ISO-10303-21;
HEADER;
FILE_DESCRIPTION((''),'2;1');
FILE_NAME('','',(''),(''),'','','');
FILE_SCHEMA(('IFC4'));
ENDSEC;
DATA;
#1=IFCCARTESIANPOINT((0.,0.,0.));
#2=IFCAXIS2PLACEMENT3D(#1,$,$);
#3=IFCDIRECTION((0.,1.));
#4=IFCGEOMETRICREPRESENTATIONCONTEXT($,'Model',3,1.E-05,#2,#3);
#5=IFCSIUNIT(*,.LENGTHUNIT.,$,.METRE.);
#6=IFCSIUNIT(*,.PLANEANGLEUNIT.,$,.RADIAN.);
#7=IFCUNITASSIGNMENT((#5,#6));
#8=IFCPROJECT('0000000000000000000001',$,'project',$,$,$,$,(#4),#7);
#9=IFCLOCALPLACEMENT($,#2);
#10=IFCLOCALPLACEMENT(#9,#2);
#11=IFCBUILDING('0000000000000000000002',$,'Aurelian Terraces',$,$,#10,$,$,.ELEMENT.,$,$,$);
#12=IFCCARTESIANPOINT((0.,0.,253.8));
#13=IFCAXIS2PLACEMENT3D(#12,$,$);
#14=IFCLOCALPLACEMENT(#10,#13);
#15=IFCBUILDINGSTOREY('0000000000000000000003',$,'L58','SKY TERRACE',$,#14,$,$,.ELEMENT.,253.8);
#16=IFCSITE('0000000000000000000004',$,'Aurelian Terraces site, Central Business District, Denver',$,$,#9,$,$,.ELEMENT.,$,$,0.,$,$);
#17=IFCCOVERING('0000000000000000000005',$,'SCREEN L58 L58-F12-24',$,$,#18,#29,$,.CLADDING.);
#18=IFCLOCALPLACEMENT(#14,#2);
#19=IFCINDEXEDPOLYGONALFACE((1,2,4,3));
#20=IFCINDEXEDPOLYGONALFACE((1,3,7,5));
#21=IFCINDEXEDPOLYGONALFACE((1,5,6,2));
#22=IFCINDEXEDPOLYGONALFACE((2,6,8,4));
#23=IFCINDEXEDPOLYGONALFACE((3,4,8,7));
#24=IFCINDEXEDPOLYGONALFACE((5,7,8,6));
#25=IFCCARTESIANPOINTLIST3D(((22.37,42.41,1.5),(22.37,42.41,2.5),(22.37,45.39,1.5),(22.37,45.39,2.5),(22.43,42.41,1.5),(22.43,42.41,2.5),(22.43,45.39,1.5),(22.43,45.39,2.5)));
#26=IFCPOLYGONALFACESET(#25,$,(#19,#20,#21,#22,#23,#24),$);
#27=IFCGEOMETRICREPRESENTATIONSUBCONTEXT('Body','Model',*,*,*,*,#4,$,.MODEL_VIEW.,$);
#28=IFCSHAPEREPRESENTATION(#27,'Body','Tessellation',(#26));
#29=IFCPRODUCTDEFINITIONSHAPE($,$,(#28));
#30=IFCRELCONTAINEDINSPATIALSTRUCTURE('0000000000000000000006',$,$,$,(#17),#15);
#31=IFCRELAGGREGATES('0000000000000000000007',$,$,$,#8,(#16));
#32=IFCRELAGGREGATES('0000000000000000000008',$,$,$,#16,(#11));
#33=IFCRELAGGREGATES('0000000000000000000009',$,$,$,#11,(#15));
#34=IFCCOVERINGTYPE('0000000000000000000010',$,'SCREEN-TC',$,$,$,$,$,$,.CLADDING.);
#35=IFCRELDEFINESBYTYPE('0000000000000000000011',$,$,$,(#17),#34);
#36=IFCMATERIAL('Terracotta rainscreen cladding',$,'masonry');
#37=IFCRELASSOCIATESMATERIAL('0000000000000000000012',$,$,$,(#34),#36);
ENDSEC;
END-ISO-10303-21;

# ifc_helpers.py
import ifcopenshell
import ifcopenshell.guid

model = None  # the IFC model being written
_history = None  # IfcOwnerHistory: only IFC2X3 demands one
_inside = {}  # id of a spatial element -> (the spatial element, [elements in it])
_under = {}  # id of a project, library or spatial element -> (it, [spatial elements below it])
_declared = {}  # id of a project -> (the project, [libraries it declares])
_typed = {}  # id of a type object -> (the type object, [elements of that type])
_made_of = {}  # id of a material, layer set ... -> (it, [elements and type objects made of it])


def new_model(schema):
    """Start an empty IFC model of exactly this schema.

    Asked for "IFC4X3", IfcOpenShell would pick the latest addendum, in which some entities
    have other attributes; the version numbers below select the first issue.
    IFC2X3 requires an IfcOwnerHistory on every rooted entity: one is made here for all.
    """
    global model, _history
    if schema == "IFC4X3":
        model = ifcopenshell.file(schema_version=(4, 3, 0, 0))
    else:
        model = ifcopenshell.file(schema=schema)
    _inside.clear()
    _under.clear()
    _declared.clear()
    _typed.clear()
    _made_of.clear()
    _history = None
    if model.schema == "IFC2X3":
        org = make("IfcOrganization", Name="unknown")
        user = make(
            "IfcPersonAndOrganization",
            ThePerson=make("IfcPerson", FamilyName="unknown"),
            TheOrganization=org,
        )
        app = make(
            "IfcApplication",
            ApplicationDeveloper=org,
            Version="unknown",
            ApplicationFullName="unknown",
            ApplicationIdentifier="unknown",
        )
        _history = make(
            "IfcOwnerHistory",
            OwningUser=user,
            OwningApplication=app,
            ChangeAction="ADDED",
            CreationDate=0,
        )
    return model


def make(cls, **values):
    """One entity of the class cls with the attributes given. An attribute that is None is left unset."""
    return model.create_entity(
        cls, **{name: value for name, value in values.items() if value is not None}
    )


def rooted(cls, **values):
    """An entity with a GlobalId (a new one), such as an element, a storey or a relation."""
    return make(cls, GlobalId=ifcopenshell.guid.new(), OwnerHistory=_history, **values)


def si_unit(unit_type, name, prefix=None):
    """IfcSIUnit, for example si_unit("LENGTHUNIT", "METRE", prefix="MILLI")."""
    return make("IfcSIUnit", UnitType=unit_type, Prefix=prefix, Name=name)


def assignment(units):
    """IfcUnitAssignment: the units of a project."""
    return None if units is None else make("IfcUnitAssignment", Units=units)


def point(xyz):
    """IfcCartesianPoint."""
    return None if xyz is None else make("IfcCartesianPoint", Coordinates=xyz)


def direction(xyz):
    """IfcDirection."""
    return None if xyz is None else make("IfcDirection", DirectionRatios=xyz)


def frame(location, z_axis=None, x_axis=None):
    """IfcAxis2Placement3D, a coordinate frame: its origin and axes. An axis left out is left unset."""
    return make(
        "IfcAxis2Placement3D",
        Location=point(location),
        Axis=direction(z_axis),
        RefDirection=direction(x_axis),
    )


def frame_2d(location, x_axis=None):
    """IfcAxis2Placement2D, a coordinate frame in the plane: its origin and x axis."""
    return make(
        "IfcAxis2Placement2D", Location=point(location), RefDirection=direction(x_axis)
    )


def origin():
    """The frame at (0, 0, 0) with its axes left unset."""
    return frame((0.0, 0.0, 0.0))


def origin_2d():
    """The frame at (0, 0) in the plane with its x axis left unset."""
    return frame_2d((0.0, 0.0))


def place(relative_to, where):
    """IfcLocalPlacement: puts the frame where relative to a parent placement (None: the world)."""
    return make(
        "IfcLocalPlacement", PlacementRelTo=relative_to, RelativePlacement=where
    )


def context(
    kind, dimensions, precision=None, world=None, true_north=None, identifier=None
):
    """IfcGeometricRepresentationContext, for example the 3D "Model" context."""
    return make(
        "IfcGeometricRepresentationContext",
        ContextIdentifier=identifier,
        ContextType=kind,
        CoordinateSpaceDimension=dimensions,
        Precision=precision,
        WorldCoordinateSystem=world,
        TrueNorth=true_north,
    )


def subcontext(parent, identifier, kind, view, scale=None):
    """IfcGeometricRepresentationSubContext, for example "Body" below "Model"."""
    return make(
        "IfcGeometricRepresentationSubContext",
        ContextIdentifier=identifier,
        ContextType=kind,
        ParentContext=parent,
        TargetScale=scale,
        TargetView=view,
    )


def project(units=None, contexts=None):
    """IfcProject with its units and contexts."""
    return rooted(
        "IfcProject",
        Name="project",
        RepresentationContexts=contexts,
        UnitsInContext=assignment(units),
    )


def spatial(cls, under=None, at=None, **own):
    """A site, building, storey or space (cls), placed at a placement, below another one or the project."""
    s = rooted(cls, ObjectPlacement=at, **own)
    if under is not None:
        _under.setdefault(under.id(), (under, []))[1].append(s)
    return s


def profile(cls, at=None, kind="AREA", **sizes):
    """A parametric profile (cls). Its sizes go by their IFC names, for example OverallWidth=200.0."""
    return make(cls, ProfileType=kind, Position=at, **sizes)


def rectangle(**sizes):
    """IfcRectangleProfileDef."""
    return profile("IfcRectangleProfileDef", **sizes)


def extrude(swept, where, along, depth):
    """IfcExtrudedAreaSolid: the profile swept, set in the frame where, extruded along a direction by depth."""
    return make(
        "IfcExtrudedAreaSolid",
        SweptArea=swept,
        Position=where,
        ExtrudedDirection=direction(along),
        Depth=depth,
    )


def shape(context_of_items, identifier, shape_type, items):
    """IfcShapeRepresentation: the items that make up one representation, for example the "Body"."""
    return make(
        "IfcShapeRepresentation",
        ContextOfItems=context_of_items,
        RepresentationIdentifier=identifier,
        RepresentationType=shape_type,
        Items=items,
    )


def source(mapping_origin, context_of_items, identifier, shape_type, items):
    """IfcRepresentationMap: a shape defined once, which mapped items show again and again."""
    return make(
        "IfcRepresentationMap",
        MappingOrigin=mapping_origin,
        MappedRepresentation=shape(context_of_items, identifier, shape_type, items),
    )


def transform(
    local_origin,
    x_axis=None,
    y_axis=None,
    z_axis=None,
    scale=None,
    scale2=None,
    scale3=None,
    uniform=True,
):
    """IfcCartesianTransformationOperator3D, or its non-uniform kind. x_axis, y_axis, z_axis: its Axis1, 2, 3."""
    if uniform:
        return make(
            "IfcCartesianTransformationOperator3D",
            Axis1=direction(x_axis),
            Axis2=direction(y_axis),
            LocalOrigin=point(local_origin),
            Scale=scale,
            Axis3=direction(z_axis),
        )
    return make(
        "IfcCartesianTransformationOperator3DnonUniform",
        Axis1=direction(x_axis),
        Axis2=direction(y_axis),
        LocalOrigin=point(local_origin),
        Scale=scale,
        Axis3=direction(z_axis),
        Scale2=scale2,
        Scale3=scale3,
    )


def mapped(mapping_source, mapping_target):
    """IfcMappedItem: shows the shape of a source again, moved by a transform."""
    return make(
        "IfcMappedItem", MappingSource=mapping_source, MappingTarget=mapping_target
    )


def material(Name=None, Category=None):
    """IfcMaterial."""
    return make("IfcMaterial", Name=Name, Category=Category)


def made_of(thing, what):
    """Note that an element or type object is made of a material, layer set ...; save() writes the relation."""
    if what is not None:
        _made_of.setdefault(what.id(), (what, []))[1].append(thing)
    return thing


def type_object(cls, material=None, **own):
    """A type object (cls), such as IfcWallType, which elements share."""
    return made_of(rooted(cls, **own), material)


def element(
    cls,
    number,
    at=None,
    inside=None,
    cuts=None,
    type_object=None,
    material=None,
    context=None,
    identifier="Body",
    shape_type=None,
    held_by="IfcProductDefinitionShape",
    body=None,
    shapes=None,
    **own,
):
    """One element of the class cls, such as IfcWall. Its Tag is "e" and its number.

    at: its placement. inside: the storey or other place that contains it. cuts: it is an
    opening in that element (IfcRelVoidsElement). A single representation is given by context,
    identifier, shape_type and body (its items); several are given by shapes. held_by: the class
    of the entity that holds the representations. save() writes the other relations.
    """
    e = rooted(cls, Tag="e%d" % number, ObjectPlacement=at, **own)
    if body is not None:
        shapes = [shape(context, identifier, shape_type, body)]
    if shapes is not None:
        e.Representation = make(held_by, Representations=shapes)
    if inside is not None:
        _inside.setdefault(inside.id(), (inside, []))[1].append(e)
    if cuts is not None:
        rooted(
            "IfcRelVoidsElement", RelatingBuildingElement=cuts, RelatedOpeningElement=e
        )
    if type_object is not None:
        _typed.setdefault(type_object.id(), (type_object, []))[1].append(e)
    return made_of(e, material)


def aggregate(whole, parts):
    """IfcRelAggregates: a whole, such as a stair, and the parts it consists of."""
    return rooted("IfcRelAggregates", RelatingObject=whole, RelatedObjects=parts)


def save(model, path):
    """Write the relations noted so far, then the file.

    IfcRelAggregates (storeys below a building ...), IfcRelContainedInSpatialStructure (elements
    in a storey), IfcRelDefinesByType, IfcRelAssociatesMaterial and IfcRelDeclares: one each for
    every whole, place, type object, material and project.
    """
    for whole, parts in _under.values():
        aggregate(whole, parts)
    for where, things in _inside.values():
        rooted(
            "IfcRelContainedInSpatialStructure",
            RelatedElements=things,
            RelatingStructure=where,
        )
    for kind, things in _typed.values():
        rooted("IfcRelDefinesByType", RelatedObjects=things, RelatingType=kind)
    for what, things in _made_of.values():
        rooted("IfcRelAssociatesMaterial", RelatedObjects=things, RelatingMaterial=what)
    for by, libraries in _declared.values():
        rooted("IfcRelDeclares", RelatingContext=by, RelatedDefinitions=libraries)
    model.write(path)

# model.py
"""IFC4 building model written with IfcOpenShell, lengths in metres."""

from ifc_helpers import new_model, si_unit, direction, frame, origin, origin_2d, place, context, subcontext, project, spatial, rectangle, extrude, source, transform, mapped, material, type_object, element, save


model = new_model("IFC4")

# Units and contexts
model_context = context("Model", 3, precision=1e-05, world=origin(), true_north=direction((0.0, 1.0)))
body_context = subcontext(model_context, "Body", "Model", "MODEL_VIEW")
ifc_project = project(units=[si_unit("LENGTHUNIT", "METRE"), si_unit("PLANEANGLEUNIT", "RADIAN")], contexts=[model_context])

# Site, building, storey
site_placement = place(None, origin())
site = spatial("IfcSite", under=ifc_project, at=site_placement, Name="Aurelian Terraces site, Central Business District, Denver", CompositionType="ELEMENT", RefElevation=0.0)
building_placement = place(site_placement, origin())
building = spatial("IfcBuilding", under=site, at=building_placement, Name="Aurelian Terraces", CompositionType="ELEMENT")
storey_placement = place(building_placement, frame((0.0, 0.0, 253.8)))
storey = spatial("IfcBuildingStorey", under=building, at=storey_placement, Name="L58", Description="SKY TERRACE", CompositionType="ELEMENT", Elevation=253.8)

# Shared definitions
ifc_material_1 = material(Name="Terracotta rainscreen cladding", Category="masonry")

# Covering
covering_type_1 = type_object("IfcCoveringType", Name="SCREEN-TC", PredefinedType="CLADDING", material=ifc_material_1)
shared_shape_1 = source(origin(), body_context, "Body", "SweptSolid", [
    extrude(rectangle(XDim=0.06, YDim=2.98, at=origin_2d()), origin(), (0.0, 0.0, 1.0), 1.0),
])
covering_1_placement = place(storey_placement, frame((22.4, 43.9, 1.5), z_axis=(0.0, 0.0, 1.0), x_axis=(1.0, 0.0, 0.0)))
element("IfcCovering", 1, at=covering_1_placement, inside=storey, type_object=covering_type_1, Name="SCREEN L58 L58-F12-24", PredefinedType="CLADDING", context=body_context, shape_type="MappedRepresentation", body=[
    mapped(shared_shape_1, transform((0.0, 0.0, 0.0), scale=1.0)),
])

save(model, "model.ifc")
